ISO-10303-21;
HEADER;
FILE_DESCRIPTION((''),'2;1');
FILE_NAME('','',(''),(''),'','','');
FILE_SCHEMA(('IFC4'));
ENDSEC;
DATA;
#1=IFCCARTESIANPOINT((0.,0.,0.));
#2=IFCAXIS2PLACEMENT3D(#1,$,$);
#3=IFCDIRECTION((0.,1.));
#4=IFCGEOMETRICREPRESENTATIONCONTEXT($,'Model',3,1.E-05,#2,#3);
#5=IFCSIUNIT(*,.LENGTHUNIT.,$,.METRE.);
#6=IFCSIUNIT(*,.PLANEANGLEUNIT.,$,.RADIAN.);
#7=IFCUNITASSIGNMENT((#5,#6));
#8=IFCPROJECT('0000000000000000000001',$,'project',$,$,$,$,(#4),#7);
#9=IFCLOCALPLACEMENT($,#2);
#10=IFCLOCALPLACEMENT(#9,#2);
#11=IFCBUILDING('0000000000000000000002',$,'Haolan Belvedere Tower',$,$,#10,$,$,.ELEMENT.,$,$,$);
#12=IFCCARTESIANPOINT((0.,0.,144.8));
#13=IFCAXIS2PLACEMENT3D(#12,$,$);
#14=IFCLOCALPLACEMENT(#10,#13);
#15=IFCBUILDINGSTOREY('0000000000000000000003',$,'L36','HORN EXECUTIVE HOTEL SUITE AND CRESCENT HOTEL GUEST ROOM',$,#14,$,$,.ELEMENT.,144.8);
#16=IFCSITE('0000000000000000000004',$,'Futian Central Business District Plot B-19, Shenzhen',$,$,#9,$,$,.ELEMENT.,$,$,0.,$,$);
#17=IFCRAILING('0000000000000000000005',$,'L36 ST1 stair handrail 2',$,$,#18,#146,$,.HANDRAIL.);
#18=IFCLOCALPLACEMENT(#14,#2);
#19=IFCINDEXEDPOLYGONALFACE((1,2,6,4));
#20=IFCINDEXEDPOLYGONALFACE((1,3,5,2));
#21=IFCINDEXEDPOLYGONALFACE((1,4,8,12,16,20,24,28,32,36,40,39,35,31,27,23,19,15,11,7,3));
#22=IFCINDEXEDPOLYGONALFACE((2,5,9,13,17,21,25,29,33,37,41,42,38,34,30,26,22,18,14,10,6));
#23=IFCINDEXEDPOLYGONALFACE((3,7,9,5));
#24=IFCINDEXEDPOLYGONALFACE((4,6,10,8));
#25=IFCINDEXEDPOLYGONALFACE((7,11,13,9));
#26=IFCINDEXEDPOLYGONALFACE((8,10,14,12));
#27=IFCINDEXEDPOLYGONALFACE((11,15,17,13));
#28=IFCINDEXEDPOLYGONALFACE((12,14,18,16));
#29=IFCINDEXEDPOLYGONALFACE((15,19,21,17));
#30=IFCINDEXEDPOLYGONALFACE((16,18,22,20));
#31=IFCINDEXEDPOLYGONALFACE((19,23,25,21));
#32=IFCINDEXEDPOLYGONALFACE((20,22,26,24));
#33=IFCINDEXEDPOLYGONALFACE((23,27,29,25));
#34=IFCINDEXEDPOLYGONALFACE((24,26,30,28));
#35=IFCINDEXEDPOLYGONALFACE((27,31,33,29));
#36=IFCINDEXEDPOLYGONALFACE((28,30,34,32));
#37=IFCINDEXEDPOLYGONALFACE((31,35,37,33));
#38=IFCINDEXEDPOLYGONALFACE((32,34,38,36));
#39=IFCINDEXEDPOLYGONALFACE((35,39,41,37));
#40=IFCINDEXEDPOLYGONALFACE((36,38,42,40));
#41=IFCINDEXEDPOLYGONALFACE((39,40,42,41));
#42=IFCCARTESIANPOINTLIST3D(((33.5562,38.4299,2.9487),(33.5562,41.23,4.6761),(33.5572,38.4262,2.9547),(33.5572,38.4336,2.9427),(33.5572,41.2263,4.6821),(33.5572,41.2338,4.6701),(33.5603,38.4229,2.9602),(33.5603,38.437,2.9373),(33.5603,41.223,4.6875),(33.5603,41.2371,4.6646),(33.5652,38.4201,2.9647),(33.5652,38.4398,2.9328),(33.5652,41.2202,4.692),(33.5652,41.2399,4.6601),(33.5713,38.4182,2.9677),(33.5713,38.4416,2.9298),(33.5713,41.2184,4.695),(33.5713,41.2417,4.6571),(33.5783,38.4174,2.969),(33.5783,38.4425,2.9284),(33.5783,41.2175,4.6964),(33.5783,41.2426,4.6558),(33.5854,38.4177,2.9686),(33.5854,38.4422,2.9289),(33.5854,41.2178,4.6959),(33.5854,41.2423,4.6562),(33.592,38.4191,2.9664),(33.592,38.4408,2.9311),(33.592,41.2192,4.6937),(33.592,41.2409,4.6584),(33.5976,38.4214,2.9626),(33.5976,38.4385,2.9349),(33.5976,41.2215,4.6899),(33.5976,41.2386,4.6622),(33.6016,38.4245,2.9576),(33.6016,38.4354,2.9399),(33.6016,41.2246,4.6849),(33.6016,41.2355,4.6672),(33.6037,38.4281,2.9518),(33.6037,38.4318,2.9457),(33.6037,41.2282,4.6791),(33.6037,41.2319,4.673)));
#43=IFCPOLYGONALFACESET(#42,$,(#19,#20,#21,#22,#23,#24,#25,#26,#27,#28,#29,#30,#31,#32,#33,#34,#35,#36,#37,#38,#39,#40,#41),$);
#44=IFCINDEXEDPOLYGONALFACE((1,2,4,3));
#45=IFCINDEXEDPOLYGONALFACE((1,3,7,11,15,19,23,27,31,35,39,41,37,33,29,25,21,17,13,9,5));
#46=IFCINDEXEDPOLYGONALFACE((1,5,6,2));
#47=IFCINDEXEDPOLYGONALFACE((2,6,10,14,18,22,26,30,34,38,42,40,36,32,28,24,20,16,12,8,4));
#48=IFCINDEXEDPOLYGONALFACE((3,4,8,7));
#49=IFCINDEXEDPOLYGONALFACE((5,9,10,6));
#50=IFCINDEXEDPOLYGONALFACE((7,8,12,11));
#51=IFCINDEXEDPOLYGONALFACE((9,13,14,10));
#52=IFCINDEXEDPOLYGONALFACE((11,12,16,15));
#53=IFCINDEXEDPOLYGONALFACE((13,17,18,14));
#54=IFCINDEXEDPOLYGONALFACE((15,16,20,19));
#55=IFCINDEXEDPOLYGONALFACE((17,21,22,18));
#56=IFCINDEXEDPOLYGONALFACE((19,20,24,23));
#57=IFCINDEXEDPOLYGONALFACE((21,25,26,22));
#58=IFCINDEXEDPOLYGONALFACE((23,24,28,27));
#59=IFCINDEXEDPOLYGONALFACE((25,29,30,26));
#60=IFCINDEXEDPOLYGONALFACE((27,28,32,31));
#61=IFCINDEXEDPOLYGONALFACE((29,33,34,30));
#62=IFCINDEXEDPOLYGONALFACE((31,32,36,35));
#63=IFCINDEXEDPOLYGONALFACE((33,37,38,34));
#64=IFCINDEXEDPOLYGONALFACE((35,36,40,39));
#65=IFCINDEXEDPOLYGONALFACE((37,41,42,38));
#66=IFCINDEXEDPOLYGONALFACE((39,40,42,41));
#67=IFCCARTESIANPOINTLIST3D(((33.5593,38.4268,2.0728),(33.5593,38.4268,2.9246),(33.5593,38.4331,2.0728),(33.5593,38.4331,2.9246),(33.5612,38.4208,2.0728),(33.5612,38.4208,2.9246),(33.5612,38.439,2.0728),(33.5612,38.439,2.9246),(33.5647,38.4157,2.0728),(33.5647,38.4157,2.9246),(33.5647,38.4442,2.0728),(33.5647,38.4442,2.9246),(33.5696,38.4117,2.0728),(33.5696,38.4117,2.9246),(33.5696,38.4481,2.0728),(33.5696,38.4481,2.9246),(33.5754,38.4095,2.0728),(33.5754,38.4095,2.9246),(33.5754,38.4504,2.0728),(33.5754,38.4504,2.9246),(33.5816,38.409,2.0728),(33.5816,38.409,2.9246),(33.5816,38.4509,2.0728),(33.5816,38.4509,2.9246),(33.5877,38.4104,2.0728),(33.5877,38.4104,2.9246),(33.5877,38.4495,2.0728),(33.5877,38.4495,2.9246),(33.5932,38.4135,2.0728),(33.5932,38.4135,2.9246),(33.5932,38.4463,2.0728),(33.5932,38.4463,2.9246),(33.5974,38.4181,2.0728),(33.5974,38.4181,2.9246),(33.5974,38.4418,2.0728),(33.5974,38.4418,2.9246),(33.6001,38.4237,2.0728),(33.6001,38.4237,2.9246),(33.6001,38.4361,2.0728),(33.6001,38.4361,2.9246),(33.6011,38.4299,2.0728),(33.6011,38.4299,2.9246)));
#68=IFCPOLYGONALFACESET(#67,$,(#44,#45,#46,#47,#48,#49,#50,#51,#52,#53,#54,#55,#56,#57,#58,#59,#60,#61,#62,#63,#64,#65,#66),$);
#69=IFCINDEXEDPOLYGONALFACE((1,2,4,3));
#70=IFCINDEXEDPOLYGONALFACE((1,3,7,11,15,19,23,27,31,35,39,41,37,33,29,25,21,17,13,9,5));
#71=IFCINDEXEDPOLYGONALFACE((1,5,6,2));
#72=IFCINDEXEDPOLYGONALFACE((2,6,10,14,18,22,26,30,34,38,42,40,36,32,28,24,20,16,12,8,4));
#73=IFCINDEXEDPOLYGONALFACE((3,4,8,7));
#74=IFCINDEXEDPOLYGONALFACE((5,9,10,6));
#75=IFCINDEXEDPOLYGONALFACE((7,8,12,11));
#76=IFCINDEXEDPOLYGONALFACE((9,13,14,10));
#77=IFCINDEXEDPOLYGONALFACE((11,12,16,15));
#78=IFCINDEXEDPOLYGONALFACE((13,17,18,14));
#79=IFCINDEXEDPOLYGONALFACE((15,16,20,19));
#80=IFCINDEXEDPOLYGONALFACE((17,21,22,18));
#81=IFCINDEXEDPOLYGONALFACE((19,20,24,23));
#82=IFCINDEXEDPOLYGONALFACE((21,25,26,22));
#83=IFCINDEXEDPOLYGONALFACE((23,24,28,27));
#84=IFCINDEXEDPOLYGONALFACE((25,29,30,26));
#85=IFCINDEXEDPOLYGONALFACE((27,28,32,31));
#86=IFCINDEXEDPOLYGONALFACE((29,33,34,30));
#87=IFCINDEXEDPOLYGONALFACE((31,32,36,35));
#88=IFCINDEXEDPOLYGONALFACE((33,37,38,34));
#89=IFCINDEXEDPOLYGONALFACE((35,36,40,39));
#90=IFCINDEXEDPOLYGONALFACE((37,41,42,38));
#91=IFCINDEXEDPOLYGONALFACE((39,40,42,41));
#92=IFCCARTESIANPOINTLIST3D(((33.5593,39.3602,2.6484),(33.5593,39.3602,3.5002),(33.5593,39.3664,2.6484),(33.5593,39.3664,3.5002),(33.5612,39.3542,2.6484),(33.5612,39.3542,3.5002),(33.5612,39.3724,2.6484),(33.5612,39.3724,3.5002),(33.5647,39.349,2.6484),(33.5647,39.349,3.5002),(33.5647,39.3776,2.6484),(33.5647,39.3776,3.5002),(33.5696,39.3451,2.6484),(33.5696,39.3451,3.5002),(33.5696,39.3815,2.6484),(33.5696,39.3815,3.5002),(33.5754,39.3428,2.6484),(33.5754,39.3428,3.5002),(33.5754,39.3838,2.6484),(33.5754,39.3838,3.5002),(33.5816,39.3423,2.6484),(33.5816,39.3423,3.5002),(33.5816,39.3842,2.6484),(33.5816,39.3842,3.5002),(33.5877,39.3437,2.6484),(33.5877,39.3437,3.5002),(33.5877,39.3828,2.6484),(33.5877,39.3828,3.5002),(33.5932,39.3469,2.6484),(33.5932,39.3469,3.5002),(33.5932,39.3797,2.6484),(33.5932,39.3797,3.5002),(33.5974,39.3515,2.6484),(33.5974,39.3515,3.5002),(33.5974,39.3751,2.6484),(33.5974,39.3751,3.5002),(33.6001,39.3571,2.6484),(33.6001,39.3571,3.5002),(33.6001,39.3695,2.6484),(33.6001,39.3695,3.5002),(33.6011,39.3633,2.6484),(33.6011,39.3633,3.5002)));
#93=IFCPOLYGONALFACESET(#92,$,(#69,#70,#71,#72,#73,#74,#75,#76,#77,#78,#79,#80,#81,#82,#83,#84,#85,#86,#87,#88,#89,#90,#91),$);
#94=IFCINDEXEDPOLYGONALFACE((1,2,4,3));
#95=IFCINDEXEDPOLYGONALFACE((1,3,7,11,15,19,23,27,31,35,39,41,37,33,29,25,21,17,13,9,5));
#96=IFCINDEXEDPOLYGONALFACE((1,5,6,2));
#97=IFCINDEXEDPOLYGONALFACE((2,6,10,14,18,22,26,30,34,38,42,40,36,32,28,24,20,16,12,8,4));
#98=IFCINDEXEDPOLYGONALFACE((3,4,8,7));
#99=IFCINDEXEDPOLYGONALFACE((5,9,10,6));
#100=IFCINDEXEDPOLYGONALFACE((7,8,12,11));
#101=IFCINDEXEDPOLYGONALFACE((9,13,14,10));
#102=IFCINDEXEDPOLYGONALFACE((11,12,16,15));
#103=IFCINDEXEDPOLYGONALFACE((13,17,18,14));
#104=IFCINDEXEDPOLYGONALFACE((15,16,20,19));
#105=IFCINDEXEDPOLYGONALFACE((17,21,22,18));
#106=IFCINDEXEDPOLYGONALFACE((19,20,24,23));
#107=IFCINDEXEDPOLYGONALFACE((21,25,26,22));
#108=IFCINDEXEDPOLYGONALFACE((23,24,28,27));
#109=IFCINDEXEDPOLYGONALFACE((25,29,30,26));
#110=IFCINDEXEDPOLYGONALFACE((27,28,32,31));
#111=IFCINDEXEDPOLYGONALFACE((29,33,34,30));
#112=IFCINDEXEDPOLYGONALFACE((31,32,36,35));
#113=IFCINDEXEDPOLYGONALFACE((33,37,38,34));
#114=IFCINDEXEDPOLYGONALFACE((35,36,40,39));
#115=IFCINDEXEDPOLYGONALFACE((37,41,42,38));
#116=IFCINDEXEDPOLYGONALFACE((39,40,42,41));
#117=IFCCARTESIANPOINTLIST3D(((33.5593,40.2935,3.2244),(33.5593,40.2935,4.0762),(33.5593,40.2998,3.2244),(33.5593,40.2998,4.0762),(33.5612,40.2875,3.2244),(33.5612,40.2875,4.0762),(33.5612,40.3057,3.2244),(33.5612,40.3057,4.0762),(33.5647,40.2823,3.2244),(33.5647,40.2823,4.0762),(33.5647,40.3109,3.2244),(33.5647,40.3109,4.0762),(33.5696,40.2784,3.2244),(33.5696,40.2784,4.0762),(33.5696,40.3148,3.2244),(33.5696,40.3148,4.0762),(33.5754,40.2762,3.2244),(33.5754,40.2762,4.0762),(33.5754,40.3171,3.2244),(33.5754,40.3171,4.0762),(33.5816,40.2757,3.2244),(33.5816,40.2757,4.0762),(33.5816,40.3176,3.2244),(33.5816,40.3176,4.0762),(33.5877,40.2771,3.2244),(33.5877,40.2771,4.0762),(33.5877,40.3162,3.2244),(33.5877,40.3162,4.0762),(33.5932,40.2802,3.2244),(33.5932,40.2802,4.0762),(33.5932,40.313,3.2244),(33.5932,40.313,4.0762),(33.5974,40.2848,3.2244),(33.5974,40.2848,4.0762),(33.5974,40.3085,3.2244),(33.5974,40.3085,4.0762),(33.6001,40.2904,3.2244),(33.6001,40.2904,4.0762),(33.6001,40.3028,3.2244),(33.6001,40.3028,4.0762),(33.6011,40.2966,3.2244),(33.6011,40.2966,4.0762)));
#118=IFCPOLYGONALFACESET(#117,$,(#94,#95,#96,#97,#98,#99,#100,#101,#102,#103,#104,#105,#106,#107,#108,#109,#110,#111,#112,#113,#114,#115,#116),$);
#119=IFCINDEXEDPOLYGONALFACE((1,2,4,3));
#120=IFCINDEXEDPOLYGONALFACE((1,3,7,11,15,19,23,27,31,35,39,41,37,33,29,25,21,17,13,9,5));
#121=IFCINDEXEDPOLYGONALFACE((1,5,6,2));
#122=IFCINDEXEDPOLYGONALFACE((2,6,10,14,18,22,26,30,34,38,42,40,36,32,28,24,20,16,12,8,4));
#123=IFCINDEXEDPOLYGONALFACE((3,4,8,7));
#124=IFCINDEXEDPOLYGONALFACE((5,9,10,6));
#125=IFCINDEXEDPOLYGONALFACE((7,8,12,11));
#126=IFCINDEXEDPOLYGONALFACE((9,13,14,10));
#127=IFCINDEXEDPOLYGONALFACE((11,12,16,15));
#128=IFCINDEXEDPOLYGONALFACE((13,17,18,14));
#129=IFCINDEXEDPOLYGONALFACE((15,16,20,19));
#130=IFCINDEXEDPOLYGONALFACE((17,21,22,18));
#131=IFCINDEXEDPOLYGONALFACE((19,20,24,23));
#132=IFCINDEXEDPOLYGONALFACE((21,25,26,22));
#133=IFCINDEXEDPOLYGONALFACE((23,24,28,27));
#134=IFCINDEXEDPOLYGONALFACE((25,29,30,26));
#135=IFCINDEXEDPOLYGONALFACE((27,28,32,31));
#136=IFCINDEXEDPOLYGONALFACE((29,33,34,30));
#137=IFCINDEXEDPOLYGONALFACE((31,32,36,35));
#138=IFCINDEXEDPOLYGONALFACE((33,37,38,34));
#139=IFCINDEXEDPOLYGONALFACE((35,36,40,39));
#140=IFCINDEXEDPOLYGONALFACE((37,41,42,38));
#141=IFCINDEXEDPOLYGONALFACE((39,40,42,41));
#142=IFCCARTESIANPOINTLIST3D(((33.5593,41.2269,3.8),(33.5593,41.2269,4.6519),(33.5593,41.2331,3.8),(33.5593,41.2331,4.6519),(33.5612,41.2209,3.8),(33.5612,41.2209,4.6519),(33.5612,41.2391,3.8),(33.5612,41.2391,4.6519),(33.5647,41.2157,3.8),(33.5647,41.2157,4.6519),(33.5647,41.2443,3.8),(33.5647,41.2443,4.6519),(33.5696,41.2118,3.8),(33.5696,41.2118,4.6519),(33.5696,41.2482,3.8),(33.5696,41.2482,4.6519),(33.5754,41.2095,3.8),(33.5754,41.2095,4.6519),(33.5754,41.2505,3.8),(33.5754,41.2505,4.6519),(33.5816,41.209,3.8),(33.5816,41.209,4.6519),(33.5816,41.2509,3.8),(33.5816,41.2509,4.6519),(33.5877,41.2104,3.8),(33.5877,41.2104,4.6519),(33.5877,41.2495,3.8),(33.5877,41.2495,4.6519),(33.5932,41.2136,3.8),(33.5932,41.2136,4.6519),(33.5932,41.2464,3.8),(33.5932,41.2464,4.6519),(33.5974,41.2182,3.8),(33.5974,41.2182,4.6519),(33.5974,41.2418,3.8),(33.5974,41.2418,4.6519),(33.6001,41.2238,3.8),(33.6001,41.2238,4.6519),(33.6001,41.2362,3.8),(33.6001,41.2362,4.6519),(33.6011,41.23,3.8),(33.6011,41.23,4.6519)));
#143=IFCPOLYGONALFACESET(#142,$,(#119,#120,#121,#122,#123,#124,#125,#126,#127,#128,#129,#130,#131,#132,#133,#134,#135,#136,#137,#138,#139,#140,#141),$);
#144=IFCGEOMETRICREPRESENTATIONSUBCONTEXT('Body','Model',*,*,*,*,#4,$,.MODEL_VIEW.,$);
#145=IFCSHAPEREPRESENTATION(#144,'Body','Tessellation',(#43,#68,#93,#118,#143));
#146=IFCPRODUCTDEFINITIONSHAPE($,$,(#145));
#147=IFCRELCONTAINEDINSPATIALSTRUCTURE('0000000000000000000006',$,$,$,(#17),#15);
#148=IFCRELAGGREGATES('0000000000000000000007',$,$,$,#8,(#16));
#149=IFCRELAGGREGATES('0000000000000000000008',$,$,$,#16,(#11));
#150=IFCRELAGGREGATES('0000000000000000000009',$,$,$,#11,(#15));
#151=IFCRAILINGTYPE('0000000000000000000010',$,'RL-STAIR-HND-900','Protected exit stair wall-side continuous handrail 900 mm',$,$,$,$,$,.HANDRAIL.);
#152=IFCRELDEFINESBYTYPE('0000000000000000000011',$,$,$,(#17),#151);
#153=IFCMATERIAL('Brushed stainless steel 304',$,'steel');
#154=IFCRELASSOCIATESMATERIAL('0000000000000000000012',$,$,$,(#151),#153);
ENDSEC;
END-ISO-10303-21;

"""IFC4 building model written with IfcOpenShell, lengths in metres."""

from ifc_helpers import new_model, si_unit, direction, frame, origin, origin_2d, place, context, subcontext, project, spatial, circle, extrude, material, type_object, element, save


model = new_model("IFC4")

# Units and contexts
model_context = context("Model", 3, precision=1e-05, world=origin(), true_north=direction((0.0, 1.0)))
body_context = subcontext(model_context, "Body", "Model", "MODEL_VIEW")
ifc_project = project(units=[si_unit("LENGTHUNIT", "METRE"), si_unit("PLANEANGLEUNIT", "RADIAN")], contexts=[model_context])

# Site, building, storey
site_placement = place(None, origin())
site = spatial("IfcSite", under=ifc_project, at=site_placement, Name="Futian Central Business District Plot B-19, Shenzhen", CompositionType="ELEMENT", RefElevation=0.0)
building_placement = place(site_placement, origin())
building = spatial("IfcBuilding", under=site, at=building_placement, Name="Haolan Belvedere Tower", CompositionType="ELEMENT")
storey_placement = place(building_placement, frame((0.0, 0.0, 144.8)))
storey = spatial("IfcBuildingStorey", under=building, at=storey_placement, Name="L36", Description="HORN EXECUTIVE HOTEL SUITE AND CRESCENT HOTEL GUEST ROOM", CompositionType="ELEMENT", Elevation=144.8)

# Railing
ifc_material_1 = material(Name="Brushed stainless steel 304", Category="steel")
railing_type_1 = type_object("IfcRailingType", Name="RL-STAIR-HND-900", Description="Protected exit stair wall-side continuous handrail 900 mm", PredefinedType="HANDRAIL", material=ifc_material_1)
railing_1_placement = place(storey_placement, frame((33.5801, 38.4299, 2.0728)))
element("IfcRailing", 1, at=railing_1_placement, inside=storey, type_object=railing_type_1, Name="L36 ST1 stair handrail 2", PredefinedType="HANDRAIL", context=body_context, shape_type="SweptSolid", body=[
    extrude(circle(Radius=0.0239, at=origin_2d()), frame((0.0, 0.0, 0.876), z_axis=(0.0, 0.85109, 0.52502), x_axis=(-1.0, 0.0, 0.0)), (0.0, 0.0, 1.0), 3.29),
    extrude(circle(Radius=0.021, at=origin_2d()), origin(), (0.0, 0.0, 1.0), 0.8518),
    extrude(circle(Radius=0.021, at=origin_2d()), frame((0.0, 0.9333, 0.5757)), (0.0, 0.0, 1.0), 0.8518),
    extrude(circle(Radius=0.021, at=origin_2d()), frame((0.0, 1.8667, 1.1516)), (0.0, 0.0, 1.0), 0.8518),
    extrude(circle(Radius=0.021, at=origin_2d()), frame((0.0, 2.8, 1.7273)), (0.0, 0.0, 1.0), 0.8518),
])

save(model, "model.ifc")
